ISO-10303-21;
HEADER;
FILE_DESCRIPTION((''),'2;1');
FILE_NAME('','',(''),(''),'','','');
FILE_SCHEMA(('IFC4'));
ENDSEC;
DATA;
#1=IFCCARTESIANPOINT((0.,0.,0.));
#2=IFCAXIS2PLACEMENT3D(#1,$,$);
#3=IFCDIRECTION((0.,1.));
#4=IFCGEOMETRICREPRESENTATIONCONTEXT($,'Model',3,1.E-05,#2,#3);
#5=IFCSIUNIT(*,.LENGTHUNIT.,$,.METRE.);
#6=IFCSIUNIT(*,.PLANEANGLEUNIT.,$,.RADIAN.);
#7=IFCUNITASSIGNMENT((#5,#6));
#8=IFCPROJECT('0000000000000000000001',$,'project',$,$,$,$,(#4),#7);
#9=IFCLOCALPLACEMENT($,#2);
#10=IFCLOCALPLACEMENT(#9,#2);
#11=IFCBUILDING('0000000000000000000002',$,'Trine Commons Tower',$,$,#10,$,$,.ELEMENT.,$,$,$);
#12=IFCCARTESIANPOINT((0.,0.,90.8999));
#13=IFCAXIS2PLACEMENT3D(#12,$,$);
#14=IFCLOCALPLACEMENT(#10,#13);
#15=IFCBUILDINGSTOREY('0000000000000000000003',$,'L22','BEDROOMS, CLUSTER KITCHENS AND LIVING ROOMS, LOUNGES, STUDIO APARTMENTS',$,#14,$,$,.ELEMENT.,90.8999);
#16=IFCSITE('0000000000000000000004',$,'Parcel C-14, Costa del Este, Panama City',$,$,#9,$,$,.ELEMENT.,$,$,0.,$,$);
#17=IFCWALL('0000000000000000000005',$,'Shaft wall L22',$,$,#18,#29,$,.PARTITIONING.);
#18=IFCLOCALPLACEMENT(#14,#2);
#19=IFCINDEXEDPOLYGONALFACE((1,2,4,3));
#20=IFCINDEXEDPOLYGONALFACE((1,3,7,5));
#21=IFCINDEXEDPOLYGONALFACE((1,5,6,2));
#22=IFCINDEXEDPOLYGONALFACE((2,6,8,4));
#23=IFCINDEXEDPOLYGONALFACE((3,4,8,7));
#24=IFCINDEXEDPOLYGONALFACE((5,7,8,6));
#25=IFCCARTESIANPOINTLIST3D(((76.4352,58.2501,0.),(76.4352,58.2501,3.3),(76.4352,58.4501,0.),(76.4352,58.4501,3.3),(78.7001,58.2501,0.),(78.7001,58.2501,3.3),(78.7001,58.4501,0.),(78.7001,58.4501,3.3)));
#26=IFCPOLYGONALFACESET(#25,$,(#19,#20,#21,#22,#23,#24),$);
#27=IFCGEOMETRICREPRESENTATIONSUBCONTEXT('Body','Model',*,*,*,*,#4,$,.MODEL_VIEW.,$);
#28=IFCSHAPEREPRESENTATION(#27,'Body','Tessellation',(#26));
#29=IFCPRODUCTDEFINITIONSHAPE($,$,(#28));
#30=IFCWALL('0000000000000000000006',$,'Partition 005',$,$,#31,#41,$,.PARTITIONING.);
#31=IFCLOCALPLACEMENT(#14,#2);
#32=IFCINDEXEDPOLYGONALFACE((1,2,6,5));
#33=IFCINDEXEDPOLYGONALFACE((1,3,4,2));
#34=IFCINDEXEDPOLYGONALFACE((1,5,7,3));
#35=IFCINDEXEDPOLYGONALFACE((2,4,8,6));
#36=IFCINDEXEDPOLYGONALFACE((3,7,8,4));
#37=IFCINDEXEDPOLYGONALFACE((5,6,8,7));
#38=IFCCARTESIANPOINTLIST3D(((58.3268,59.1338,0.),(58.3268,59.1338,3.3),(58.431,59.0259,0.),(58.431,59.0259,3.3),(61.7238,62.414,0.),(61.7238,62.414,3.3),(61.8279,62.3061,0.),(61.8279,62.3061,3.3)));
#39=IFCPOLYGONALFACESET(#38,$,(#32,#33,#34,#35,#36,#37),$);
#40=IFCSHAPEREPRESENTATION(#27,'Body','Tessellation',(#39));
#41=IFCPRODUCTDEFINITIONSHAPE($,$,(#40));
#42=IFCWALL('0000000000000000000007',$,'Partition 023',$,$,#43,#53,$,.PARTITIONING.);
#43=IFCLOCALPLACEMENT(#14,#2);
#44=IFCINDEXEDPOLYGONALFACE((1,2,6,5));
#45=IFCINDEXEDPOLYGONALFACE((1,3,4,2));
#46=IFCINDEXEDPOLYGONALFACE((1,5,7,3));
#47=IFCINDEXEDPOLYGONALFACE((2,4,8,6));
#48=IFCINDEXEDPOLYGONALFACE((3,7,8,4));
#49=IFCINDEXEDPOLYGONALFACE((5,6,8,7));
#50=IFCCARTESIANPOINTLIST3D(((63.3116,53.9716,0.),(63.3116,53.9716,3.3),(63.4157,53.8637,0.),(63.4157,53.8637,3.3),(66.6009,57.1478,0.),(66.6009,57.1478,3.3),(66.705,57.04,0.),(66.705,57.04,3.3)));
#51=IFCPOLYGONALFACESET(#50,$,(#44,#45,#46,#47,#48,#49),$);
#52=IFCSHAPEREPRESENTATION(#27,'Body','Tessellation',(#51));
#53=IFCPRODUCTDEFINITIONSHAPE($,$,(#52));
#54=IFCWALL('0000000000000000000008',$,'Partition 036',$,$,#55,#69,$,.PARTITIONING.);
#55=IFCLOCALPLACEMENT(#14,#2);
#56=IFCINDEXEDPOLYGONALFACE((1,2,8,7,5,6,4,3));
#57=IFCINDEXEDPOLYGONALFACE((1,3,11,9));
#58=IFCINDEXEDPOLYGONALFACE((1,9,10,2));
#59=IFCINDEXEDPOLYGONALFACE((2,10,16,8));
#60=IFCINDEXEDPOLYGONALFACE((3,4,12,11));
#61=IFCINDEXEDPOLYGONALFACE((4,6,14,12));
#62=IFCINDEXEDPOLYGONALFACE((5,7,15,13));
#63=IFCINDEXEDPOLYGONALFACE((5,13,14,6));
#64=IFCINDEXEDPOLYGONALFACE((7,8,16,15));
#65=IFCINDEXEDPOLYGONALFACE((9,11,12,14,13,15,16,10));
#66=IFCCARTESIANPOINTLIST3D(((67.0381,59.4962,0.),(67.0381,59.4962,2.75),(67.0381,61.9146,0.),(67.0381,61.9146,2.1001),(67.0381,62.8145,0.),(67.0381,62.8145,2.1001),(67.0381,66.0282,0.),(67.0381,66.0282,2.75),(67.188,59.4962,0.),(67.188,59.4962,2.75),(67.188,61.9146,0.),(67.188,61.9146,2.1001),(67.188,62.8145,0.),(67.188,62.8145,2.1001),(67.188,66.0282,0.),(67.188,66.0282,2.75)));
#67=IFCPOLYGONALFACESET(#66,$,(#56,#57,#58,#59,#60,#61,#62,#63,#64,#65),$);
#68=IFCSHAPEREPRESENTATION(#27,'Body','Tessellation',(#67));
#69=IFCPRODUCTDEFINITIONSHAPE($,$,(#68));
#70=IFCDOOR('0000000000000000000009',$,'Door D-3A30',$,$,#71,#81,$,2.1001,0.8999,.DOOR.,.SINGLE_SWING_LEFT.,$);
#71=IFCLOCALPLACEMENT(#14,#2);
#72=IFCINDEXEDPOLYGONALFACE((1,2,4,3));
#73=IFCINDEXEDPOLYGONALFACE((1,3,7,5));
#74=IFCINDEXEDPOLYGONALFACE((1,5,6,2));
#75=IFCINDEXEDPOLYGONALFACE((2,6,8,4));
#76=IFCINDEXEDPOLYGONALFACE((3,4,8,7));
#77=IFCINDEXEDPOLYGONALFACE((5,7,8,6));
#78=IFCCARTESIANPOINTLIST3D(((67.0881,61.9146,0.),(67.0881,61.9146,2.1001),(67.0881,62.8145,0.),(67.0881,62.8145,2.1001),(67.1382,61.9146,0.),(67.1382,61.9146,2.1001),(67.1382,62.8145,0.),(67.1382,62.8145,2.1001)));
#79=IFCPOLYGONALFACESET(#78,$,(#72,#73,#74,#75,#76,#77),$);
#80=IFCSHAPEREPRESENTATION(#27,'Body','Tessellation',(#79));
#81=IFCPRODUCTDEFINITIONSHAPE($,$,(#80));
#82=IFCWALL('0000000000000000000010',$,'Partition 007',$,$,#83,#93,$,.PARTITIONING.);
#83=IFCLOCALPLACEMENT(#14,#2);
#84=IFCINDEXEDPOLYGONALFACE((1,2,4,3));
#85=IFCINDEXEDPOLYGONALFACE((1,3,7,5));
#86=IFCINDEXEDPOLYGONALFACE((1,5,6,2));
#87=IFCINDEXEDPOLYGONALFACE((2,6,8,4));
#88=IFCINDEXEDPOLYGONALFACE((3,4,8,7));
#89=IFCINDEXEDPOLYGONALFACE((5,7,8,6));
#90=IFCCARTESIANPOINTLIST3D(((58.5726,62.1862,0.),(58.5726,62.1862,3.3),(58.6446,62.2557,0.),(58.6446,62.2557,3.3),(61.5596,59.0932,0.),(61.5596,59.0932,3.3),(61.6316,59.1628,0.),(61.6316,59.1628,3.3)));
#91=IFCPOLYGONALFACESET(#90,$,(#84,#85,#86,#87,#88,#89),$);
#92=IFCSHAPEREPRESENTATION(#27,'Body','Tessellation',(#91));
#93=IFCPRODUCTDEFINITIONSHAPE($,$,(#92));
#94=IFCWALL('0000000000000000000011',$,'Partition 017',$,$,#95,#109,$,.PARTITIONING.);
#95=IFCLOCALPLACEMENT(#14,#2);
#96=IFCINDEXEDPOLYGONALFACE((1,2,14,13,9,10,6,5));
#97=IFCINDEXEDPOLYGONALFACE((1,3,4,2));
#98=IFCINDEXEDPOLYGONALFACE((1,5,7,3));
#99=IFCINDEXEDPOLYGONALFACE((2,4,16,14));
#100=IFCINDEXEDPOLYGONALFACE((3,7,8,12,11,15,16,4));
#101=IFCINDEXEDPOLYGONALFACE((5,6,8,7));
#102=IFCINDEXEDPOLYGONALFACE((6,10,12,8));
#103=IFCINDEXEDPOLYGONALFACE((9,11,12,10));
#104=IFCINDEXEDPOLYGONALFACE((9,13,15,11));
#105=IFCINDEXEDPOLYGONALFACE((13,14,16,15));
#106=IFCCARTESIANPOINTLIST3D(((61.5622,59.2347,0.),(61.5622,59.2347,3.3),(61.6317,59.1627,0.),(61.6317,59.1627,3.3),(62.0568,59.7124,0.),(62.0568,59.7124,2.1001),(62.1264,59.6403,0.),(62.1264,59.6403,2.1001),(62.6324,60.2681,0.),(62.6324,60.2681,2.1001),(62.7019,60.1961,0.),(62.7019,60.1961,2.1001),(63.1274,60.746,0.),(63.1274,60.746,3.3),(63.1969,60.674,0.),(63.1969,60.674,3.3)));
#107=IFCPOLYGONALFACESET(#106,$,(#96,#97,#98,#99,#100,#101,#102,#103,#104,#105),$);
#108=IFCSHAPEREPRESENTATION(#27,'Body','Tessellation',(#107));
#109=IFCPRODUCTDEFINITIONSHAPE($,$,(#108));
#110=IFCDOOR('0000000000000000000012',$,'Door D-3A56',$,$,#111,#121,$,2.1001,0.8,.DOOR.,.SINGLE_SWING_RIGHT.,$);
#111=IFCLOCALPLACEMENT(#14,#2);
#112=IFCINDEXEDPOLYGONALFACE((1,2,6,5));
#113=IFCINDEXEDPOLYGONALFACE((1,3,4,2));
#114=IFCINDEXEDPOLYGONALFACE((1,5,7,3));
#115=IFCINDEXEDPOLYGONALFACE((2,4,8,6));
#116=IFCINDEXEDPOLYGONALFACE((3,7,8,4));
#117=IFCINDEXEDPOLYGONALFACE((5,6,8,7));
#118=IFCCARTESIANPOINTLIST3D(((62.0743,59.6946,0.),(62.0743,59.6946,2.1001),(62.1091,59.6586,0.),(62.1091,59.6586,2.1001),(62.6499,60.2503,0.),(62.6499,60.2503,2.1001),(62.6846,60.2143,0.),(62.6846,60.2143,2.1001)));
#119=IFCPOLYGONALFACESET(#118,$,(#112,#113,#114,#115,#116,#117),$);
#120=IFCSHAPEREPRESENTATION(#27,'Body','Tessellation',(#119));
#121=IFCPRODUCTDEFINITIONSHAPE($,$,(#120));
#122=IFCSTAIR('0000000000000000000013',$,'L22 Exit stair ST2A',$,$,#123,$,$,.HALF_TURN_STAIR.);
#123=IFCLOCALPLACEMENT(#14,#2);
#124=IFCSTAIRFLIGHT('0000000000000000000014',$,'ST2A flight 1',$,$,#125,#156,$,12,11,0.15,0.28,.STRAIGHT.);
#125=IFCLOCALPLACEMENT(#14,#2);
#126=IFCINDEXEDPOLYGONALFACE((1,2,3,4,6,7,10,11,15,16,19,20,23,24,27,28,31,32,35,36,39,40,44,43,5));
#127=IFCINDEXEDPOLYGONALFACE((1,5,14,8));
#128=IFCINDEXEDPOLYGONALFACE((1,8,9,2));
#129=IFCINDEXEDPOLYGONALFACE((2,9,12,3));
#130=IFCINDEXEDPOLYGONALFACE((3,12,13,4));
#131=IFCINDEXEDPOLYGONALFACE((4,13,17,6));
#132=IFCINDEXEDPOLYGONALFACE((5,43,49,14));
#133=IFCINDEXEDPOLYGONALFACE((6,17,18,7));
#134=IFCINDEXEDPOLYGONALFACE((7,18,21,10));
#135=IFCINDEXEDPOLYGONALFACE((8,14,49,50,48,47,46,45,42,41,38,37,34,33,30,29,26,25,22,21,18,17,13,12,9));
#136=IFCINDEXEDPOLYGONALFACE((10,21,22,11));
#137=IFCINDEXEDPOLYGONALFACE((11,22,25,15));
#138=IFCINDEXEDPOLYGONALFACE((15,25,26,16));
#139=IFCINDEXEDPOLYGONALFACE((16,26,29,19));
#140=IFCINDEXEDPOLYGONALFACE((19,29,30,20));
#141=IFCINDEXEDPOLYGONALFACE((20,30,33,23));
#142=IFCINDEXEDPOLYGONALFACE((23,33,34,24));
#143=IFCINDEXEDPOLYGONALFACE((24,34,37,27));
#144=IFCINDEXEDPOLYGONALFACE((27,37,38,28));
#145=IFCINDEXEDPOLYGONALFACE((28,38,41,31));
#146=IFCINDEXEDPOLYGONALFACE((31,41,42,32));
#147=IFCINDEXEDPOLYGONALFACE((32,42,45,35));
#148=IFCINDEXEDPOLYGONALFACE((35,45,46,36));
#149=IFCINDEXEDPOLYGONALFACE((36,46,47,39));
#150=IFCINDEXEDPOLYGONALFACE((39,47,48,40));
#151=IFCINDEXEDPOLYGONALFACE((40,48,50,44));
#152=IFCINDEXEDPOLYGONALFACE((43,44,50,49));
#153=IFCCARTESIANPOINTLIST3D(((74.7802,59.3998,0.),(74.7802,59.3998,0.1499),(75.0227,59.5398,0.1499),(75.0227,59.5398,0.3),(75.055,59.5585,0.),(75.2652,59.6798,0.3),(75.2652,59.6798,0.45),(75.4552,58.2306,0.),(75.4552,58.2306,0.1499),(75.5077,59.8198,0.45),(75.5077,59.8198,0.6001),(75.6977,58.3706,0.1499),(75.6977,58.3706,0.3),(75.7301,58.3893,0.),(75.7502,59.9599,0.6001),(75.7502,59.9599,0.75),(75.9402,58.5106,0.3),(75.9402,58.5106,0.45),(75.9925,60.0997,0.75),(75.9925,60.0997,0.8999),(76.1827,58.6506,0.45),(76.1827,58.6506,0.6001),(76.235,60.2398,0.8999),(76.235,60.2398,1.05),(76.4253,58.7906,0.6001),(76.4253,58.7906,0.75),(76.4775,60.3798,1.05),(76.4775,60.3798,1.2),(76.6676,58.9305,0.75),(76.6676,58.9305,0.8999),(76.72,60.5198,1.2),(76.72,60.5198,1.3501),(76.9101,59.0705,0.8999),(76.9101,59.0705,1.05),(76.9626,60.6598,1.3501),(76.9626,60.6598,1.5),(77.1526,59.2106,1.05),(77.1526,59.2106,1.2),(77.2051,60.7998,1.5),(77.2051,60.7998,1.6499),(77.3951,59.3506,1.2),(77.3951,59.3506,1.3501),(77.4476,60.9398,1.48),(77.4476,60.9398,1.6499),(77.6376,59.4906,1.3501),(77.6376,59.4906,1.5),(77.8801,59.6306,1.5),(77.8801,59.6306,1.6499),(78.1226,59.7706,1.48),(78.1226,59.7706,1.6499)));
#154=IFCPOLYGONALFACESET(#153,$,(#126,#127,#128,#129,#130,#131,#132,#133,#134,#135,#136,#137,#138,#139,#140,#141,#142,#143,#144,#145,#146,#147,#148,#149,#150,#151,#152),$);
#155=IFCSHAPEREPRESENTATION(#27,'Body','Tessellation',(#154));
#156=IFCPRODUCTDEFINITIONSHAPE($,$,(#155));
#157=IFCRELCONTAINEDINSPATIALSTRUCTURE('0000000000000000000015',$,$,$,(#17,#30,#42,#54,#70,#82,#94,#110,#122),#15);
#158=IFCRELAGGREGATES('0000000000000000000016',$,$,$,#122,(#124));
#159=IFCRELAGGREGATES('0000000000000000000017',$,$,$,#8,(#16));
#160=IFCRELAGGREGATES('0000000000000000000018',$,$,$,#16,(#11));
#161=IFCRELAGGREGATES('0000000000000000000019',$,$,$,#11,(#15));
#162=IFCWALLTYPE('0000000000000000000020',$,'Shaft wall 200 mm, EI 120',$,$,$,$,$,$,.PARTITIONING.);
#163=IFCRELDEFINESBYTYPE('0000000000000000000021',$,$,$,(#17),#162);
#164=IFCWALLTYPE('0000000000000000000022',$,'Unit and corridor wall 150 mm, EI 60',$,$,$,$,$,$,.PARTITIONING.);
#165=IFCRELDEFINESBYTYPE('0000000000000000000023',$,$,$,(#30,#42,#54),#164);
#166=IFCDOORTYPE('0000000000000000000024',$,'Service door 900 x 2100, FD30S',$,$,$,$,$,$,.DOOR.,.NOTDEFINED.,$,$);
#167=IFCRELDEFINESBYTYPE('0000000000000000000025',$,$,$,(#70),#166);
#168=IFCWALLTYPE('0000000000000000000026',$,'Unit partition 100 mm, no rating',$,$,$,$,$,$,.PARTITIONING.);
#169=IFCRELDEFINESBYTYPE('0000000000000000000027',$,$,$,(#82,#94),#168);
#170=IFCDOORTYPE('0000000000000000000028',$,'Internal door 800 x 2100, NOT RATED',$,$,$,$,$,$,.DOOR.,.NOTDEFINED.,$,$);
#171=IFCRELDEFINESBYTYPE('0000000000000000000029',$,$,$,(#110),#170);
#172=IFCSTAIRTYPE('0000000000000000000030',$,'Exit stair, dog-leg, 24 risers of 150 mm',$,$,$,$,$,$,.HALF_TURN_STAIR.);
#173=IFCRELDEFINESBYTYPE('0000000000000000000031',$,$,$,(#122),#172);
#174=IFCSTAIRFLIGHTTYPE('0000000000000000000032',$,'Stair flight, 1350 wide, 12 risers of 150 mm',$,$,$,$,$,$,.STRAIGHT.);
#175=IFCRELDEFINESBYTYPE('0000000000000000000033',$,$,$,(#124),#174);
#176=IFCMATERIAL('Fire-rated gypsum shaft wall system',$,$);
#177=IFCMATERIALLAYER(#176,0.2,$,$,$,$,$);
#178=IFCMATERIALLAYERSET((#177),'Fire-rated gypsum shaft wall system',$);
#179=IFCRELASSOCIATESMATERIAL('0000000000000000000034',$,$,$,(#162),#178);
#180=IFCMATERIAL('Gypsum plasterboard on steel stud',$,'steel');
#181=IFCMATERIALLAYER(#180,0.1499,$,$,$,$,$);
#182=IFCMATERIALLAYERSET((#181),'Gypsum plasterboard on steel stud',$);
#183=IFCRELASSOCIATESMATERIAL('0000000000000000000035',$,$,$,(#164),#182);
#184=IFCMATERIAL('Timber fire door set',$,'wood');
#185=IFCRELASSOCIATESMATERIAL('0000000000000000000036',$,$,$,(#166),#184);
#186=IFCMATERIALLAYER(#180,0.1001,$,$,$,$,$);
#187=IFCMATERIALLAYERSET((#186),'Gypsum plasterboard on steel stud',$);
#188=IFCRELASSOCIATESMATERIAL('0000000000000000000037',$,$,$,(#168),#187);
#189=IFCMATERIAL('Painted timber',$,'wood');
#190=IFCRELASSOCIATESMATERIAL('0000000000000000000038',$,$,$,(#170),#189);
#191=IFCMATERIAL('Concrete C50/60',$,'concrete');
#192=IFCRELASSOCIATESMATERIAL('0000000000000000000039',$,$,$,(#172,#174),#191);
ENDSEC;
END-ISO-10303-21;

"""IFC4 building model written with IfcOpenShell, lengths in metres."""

from ifc_helpers import new_model, si_unit, direction, frame, frame_2d, origin, place, context, subcontext, project, spatial, polyline, rectangle, outline, extrude, material, layer, layer_set, type_object, element, fill, aggregate, save


model = new_model("IFC4")

# Units and contexts
model_context = context("Model", 3, precision=1e-05, world=origin(), true_north=direction((0.0, 1.0)))
body_context = subcontext(model_context, "Body", "Model", "MODEL_VIEW")
ifc_project = project(units=[si_unit("LENGTHUNIT", "METRE"), si_unit("PLANEANGLEUNIT", "RADIAN")], contexts=[model_context])

# Site, building, storey
site_placement = place(None, origin())
site = spatial("IfcSite", under=ifc_project, at=site_placement, Name="Parcel C-14, Costa del Este, Panama City", CompositionType="ELEMENT", RefElevation=0.0)
building_placement = place(site_placement, origin())
building = spatial("IfcBuilding", under=site, at=building_placement, Name="Trine Commons Tower", CompositionType="ELEMENT")
storey_placement = place(building_placement, frame((0.0, 0.0, 90.8999)))
storey = spatial("IfcBuildingStorey", under=building, at=storey_placement, Name="L22", Description="BEDROOMS, CLUSTER KITCHENS AND LIVING ROOMS, LOUNGES, STUDIO APARTMENTS", CompositionType="ELEMENT", Elevation=90.8999)

# Walls
ifc_material_1 = material(Name="Fire-rated gypsum shaft wall system")
ifc_layer_1 = layer(ifc_material_1, 0.2)
ifc_layer_set_1 = layer_set([ifc_layer_1], Name="Fire-rated gypsum shaft wall system")
wall_type_1 = type_object("IfcWallType", Name="Shaft wall 200 mm, EI 120", PredefinedType="PARTITIONING", material=ifc_layer_set_1)
wall_1_placement = place(storey_placement, frame((78.7, 58.3501, 0.0), z_axis=(0.0, 0.0, 1.0), x_axis=(-1.0, 0.0, 0.0)))
element("IfcWall", 1, at=wall_1_placement, inside=storey, type_object=wall_type_1, Name="Shaft wall L22", PredefinedType="PARTITIONING", context=body_context, shape_type="SweptSolid", body=[
    extrude(rectangle(XDim=2.2649, YDim=0.2, at=frame_2d((1.1323, 0.0))), origin(), (0.0, 0.0, 1.0), 3.3),
])
ifc_material_2 = material(Name="Gypsum plasterboard on steel stud", Category="steel")
ifc_layer_2 = layer(ifc_material_2, 0.1499)
ifc_layer_set_2 = layer_set([ifc_layer_2], Name="Gypsum plasterboard on steel stud")
wall_type_2 = type_object("IfcWallType", Name="Unit and corridor wall 150 mm, EI 60", PredefinedType="PARTITIONING", material=ifc_layer_set_2)
wall_2_placement = place(storey_placement, frame((58.3789, 59.0798, 0.0), z_axis=(0.0, 0.0, 1.0), x_axis=(0.719355, 0.694642, 0.0)))
element("IfcWall", 2, at=wall_2_placement, inside=storey, type_object=wall_type_2, Name="Partition 005", PredefinedType="PARTITIONING", context=body_context, shape_type="SweptSolid", body=[
    extrude(rectangle(XDim=4.7222, YDim=0.1499, at=frame_2d((2.3611, 0.0))), origin(), (0.0, 0.0, 1.0), 3.3),
])
wall_3_placement = place(storey_placement, frame((63.3638, 53.9177, 0.0), z_axis=(0.0, 0.0, 1.0), x_axis=(0.719359, 0.694638, 0.0)))
element("IfcWall", 3, at=wall_3_placement, inside=storey, type_object=wall_type_2, Name="Partition 023", PredefinedType="PARTITIONING", context=body_context, shape_type="SweptSolid", body=[
    extrude(rectangle(XDim=4.5725, YDim=0.1499, at=frame_2d((2.2861, 0.0))), origin(), (0.0, 0.0, 1.0), 3.3),
])

# Wall, opening, door
wall_4_placement = place(storey_placement, frame((67.113, 59.4961, 0.0), z_axis=(0.0, 0.0, 1.0), x_axis=(0.0, 1.0, 0.0)))
wall_4 = element("IfcWall", 4, at=wall_4_placement, inside=storey, type_object=wall_type_2, Name="Partition 036", PredefinedType="PARTITIONING", context=body_context, shape_type="SweptSolid", body=[
    extrude(rectangle(XDim=6.532, YDim=0.1499, at=frame_2d((3.2661, 0.0))), origin(), (0.0, 0.0, 1.0), 2.75),
])
opening_1_placement = place(wall_4_placement, frame((2.4185, 0.0, 0.0)))
opening_1 = element("IfcOpeningElement", 5, at=opening_1_placement, cuts=wall_4, PredefinedType="OPENING", context=body_context, shape_type="SweptSolid", body=[
    extrude(rectangle(XDim=0.8999, YDim=2.1001, at=frame_2d((0.45, 1.05))), frame((0.0, 0.085, 0.0), z_axis=(0.0, -1.0, 0.0), x_axis=(1.0, 0.0, 0.0)), (0.0, 0.0, 1.0), 0.1699),
])
ifc_material_3 = material(Name="Timber fire door set", Category="wood")
door_type_1 = type_object("IfcDoorType", Name="Service door 900 x 2100, FD30S", OperationType="NOTDEFINED", PredefinedType="DOOR", material=ifc_material_3)
door_1_placement = place(opening_1_placement, origin())
door_1 = element("IfcDoor", 6, at=door_1_placement, inside=storey, type_object=door_type_1, Name="Door D-3A30", OperationType="SINGLE_SWING_LEFT", OverallHeight=2.1001, OverallWidth=0.8999, PredefinedType="DOOR", context=body_context, shape_type="SweptSolid", body=[
    extrude(rectangle(XDim=0.8999, YDim=2.1001, at=frame_2d((0.45, 1.05))), frame((0.0, 0.0249, 0.0), z_axis=(0.0, -1.0, 0.0), x_axis=(1.0, 0.0, 0.0)), (0.0, 0.0, 1.0), 0.05),
])
fill(opening_1, door_1)

# Wall
ifc_layer_3 = layer(ifc_material_2, 0.1001)
ifc_layer_set_3 = layer_set([ifc_layer_3], Name="Gypsum plasterboard on steel stud")
wall_type_3 = type_object("IfcWallType", Name="Unit partition 100 mm, no rating", PredefinedType="PARTITIONING", material=ifc_layer_set_3)
wall_5_placement = place(storey_placement, frame((58.6086, 62.2209, 0.0), z_axis=(0.0, 0.0, 1.0), x_axis=(0.694679, -0.71932, 0.0)))
element("IfcWall", 7, at=wall_5_placement, inside=storey, type_object=wall_type_3, Name="Partition 007", PredefinedType="PARTITIONING", context=body_context, shape_type="SweptSolid", body=[
    extrude(rectangle(XDim=4.2998, YDim=0.1001, at=frame_2d((2.1499, 0.0))), origin(), (0.0, 0.0, 1.0), 3.3),
])

# Wall, opening, door
wall_6_placement = place(storey_placement, frame((61.5969, 59.1987, 0.0), z_axis=(0.0, 0.0, 1.0), x_axis=(0.719398, 0.694599, 0.0)))
wall_6 = element("IfcWall", 8, at=wall_6_placement, inside=storey, type_object=wall_type_3, Name="Partition 017", PredefinedType="PARTITIONING", context=body_context, shape_type="SweptSolid", body=[
    extrude(rectangle(XDim=2.1758, YDim=0.1001, at=frame_2d((1.0879, 0.0))), origin(), (0.0, 0.0, 1.0), 3.3),
])
opening_2_placement = place(wall_6_placement, frame((0.6877, 0.0, 0.0)))
opening_2 = element("IfcOpeningElement", 9, at=opening_2_placement, cuts=wall_6, PredefinedType="OPENING", context=body_context, shape_type="SweptSolid", body=[
    extrude(rectangle(XDim=0.8, YDim=2.1001, at=frame_2d((0.3999, 1.05))), frame((0.0, 0.0601, 0.0), z_axis=(0.0, -1.0, 0.0), x_axis=(1.0, 0.0, 0.0)), (0.0, 0.0, 1.0), 0.1201),
])
ifc_material_4 = material(Name="Painted timber", Category="wood")
door_type_2 = type_object("IfcDoorType", Name="Internal door 800 x 2100, NOT RATED", OperationType="NOTDEFINED", PredefinedType="DOOR", material=ifc_material_4)
door_2_placement = place(opening_2_placement, frame((0.8, 0.0, 0.0), z_axis=(0.0, 0.0, 1.0), x_axis=(-1.0, 0.0, 0.0)))
door_2 = element("IfcDoor", 10, at=door_2_placement, inside=storey, type_object=door_type_2, Name="Door D-3A56", OperationType="SINGLE_SWING_RIGHT", OverallHeight=2.1001, OverallWidth=0.8, PredefinedType="DOOR", context=body_context, shape_type="SweptSolid", body=[
    extrude(rectangle(XDim=0.8, YDim=2.1001, at=frame_2d((0.3999, 1.05))), frame((0.0, 0.0249, 0.0), z_axis=(0.0, -1.0, 0.0), x_axis=(1.0, 0.0, 0.0)), (0.0, 0.0, 1.0), 0.05),
])
fill(opening_2, door_2)

# Stair, stair flight
ifc_material_5 = material(Name="Concrete C50/60", Category="concrete")
stair_type = type_object("IfcStairType", Name="Exit stair, dog-leg, 24 risers of 150 mm", PredefinedType="HALF_TURN_STAIR", material=ifc_material_5)
stair_placement = place(storey_placement, origin())
stair = element("IfcStair", 11, at=stair_placement, inside=storey, type_object=stair_type, Name="L22 Exit stair ST2A", PredefinedType="HALF_TURN_STAIR")
stair_flight_type = type_object("IfcStairFlightType", Name="Stair flight, 1350 wide, 12 risers of 150 mm", PredefinedType="STRAIGHT", material=ifc_material_5)
stair_flight_1_placement = place(storey_placement, frame((75.1177, 58.8152, 0.0), z_axis=(0.0, 0.0, 1.0), x_axis=(0.866025, 0.5, 0.0)))
stair_flight_1 = element("IfcStairFlight", 12, at=stair_flight_1_placement, type_object=stair_flight_type, Name="ST2A flight 1", NumberOfRisers=12, NumberOfTreads=11, PredefinedType="STRAIGHT", RiserHeight=0.15, TreadLength=0.28, context=body_context, shape_type="SweptSolid", body=[
    extrude(outline(polyline([(0.0, 0.0), (0.0, 0.1499), (0.28, 0.1499), (0.28, 0.3), (0.5601, 0.3), (0.5601, 0.45), (0.8401, 0.45), (0.8401, 0.6001), (1.1201, 0.6001), (1.1201, 0.75), (1.3999, 0.75), (1.3999, 0.8999), (1.6799, 0.8999), (1.6799, 1.05), (1.96, 1.05), (1.96, 1.2), (2.24, 1.2), (2.24, 1.3501), (2.52, 1.3501), (2.52, 1.5), (2.8, 1.5), (2.8, 1.6499), (3.0801, 1.6499), (3.0801, 1.8), (3.0801, 1.48), (0.3174, 0.0), (0.0, 0.0)])), frame((0.0, 0.675, 0.0), z_axis=(0.0, -1.0, 0.0), x_axis=(1.0, 0.0, 0.0)), (0.0, 0.0, 1.0), 1.3501),
])
aggregate(stair, [stair_flight_1])

save(model, "model.ifc")
